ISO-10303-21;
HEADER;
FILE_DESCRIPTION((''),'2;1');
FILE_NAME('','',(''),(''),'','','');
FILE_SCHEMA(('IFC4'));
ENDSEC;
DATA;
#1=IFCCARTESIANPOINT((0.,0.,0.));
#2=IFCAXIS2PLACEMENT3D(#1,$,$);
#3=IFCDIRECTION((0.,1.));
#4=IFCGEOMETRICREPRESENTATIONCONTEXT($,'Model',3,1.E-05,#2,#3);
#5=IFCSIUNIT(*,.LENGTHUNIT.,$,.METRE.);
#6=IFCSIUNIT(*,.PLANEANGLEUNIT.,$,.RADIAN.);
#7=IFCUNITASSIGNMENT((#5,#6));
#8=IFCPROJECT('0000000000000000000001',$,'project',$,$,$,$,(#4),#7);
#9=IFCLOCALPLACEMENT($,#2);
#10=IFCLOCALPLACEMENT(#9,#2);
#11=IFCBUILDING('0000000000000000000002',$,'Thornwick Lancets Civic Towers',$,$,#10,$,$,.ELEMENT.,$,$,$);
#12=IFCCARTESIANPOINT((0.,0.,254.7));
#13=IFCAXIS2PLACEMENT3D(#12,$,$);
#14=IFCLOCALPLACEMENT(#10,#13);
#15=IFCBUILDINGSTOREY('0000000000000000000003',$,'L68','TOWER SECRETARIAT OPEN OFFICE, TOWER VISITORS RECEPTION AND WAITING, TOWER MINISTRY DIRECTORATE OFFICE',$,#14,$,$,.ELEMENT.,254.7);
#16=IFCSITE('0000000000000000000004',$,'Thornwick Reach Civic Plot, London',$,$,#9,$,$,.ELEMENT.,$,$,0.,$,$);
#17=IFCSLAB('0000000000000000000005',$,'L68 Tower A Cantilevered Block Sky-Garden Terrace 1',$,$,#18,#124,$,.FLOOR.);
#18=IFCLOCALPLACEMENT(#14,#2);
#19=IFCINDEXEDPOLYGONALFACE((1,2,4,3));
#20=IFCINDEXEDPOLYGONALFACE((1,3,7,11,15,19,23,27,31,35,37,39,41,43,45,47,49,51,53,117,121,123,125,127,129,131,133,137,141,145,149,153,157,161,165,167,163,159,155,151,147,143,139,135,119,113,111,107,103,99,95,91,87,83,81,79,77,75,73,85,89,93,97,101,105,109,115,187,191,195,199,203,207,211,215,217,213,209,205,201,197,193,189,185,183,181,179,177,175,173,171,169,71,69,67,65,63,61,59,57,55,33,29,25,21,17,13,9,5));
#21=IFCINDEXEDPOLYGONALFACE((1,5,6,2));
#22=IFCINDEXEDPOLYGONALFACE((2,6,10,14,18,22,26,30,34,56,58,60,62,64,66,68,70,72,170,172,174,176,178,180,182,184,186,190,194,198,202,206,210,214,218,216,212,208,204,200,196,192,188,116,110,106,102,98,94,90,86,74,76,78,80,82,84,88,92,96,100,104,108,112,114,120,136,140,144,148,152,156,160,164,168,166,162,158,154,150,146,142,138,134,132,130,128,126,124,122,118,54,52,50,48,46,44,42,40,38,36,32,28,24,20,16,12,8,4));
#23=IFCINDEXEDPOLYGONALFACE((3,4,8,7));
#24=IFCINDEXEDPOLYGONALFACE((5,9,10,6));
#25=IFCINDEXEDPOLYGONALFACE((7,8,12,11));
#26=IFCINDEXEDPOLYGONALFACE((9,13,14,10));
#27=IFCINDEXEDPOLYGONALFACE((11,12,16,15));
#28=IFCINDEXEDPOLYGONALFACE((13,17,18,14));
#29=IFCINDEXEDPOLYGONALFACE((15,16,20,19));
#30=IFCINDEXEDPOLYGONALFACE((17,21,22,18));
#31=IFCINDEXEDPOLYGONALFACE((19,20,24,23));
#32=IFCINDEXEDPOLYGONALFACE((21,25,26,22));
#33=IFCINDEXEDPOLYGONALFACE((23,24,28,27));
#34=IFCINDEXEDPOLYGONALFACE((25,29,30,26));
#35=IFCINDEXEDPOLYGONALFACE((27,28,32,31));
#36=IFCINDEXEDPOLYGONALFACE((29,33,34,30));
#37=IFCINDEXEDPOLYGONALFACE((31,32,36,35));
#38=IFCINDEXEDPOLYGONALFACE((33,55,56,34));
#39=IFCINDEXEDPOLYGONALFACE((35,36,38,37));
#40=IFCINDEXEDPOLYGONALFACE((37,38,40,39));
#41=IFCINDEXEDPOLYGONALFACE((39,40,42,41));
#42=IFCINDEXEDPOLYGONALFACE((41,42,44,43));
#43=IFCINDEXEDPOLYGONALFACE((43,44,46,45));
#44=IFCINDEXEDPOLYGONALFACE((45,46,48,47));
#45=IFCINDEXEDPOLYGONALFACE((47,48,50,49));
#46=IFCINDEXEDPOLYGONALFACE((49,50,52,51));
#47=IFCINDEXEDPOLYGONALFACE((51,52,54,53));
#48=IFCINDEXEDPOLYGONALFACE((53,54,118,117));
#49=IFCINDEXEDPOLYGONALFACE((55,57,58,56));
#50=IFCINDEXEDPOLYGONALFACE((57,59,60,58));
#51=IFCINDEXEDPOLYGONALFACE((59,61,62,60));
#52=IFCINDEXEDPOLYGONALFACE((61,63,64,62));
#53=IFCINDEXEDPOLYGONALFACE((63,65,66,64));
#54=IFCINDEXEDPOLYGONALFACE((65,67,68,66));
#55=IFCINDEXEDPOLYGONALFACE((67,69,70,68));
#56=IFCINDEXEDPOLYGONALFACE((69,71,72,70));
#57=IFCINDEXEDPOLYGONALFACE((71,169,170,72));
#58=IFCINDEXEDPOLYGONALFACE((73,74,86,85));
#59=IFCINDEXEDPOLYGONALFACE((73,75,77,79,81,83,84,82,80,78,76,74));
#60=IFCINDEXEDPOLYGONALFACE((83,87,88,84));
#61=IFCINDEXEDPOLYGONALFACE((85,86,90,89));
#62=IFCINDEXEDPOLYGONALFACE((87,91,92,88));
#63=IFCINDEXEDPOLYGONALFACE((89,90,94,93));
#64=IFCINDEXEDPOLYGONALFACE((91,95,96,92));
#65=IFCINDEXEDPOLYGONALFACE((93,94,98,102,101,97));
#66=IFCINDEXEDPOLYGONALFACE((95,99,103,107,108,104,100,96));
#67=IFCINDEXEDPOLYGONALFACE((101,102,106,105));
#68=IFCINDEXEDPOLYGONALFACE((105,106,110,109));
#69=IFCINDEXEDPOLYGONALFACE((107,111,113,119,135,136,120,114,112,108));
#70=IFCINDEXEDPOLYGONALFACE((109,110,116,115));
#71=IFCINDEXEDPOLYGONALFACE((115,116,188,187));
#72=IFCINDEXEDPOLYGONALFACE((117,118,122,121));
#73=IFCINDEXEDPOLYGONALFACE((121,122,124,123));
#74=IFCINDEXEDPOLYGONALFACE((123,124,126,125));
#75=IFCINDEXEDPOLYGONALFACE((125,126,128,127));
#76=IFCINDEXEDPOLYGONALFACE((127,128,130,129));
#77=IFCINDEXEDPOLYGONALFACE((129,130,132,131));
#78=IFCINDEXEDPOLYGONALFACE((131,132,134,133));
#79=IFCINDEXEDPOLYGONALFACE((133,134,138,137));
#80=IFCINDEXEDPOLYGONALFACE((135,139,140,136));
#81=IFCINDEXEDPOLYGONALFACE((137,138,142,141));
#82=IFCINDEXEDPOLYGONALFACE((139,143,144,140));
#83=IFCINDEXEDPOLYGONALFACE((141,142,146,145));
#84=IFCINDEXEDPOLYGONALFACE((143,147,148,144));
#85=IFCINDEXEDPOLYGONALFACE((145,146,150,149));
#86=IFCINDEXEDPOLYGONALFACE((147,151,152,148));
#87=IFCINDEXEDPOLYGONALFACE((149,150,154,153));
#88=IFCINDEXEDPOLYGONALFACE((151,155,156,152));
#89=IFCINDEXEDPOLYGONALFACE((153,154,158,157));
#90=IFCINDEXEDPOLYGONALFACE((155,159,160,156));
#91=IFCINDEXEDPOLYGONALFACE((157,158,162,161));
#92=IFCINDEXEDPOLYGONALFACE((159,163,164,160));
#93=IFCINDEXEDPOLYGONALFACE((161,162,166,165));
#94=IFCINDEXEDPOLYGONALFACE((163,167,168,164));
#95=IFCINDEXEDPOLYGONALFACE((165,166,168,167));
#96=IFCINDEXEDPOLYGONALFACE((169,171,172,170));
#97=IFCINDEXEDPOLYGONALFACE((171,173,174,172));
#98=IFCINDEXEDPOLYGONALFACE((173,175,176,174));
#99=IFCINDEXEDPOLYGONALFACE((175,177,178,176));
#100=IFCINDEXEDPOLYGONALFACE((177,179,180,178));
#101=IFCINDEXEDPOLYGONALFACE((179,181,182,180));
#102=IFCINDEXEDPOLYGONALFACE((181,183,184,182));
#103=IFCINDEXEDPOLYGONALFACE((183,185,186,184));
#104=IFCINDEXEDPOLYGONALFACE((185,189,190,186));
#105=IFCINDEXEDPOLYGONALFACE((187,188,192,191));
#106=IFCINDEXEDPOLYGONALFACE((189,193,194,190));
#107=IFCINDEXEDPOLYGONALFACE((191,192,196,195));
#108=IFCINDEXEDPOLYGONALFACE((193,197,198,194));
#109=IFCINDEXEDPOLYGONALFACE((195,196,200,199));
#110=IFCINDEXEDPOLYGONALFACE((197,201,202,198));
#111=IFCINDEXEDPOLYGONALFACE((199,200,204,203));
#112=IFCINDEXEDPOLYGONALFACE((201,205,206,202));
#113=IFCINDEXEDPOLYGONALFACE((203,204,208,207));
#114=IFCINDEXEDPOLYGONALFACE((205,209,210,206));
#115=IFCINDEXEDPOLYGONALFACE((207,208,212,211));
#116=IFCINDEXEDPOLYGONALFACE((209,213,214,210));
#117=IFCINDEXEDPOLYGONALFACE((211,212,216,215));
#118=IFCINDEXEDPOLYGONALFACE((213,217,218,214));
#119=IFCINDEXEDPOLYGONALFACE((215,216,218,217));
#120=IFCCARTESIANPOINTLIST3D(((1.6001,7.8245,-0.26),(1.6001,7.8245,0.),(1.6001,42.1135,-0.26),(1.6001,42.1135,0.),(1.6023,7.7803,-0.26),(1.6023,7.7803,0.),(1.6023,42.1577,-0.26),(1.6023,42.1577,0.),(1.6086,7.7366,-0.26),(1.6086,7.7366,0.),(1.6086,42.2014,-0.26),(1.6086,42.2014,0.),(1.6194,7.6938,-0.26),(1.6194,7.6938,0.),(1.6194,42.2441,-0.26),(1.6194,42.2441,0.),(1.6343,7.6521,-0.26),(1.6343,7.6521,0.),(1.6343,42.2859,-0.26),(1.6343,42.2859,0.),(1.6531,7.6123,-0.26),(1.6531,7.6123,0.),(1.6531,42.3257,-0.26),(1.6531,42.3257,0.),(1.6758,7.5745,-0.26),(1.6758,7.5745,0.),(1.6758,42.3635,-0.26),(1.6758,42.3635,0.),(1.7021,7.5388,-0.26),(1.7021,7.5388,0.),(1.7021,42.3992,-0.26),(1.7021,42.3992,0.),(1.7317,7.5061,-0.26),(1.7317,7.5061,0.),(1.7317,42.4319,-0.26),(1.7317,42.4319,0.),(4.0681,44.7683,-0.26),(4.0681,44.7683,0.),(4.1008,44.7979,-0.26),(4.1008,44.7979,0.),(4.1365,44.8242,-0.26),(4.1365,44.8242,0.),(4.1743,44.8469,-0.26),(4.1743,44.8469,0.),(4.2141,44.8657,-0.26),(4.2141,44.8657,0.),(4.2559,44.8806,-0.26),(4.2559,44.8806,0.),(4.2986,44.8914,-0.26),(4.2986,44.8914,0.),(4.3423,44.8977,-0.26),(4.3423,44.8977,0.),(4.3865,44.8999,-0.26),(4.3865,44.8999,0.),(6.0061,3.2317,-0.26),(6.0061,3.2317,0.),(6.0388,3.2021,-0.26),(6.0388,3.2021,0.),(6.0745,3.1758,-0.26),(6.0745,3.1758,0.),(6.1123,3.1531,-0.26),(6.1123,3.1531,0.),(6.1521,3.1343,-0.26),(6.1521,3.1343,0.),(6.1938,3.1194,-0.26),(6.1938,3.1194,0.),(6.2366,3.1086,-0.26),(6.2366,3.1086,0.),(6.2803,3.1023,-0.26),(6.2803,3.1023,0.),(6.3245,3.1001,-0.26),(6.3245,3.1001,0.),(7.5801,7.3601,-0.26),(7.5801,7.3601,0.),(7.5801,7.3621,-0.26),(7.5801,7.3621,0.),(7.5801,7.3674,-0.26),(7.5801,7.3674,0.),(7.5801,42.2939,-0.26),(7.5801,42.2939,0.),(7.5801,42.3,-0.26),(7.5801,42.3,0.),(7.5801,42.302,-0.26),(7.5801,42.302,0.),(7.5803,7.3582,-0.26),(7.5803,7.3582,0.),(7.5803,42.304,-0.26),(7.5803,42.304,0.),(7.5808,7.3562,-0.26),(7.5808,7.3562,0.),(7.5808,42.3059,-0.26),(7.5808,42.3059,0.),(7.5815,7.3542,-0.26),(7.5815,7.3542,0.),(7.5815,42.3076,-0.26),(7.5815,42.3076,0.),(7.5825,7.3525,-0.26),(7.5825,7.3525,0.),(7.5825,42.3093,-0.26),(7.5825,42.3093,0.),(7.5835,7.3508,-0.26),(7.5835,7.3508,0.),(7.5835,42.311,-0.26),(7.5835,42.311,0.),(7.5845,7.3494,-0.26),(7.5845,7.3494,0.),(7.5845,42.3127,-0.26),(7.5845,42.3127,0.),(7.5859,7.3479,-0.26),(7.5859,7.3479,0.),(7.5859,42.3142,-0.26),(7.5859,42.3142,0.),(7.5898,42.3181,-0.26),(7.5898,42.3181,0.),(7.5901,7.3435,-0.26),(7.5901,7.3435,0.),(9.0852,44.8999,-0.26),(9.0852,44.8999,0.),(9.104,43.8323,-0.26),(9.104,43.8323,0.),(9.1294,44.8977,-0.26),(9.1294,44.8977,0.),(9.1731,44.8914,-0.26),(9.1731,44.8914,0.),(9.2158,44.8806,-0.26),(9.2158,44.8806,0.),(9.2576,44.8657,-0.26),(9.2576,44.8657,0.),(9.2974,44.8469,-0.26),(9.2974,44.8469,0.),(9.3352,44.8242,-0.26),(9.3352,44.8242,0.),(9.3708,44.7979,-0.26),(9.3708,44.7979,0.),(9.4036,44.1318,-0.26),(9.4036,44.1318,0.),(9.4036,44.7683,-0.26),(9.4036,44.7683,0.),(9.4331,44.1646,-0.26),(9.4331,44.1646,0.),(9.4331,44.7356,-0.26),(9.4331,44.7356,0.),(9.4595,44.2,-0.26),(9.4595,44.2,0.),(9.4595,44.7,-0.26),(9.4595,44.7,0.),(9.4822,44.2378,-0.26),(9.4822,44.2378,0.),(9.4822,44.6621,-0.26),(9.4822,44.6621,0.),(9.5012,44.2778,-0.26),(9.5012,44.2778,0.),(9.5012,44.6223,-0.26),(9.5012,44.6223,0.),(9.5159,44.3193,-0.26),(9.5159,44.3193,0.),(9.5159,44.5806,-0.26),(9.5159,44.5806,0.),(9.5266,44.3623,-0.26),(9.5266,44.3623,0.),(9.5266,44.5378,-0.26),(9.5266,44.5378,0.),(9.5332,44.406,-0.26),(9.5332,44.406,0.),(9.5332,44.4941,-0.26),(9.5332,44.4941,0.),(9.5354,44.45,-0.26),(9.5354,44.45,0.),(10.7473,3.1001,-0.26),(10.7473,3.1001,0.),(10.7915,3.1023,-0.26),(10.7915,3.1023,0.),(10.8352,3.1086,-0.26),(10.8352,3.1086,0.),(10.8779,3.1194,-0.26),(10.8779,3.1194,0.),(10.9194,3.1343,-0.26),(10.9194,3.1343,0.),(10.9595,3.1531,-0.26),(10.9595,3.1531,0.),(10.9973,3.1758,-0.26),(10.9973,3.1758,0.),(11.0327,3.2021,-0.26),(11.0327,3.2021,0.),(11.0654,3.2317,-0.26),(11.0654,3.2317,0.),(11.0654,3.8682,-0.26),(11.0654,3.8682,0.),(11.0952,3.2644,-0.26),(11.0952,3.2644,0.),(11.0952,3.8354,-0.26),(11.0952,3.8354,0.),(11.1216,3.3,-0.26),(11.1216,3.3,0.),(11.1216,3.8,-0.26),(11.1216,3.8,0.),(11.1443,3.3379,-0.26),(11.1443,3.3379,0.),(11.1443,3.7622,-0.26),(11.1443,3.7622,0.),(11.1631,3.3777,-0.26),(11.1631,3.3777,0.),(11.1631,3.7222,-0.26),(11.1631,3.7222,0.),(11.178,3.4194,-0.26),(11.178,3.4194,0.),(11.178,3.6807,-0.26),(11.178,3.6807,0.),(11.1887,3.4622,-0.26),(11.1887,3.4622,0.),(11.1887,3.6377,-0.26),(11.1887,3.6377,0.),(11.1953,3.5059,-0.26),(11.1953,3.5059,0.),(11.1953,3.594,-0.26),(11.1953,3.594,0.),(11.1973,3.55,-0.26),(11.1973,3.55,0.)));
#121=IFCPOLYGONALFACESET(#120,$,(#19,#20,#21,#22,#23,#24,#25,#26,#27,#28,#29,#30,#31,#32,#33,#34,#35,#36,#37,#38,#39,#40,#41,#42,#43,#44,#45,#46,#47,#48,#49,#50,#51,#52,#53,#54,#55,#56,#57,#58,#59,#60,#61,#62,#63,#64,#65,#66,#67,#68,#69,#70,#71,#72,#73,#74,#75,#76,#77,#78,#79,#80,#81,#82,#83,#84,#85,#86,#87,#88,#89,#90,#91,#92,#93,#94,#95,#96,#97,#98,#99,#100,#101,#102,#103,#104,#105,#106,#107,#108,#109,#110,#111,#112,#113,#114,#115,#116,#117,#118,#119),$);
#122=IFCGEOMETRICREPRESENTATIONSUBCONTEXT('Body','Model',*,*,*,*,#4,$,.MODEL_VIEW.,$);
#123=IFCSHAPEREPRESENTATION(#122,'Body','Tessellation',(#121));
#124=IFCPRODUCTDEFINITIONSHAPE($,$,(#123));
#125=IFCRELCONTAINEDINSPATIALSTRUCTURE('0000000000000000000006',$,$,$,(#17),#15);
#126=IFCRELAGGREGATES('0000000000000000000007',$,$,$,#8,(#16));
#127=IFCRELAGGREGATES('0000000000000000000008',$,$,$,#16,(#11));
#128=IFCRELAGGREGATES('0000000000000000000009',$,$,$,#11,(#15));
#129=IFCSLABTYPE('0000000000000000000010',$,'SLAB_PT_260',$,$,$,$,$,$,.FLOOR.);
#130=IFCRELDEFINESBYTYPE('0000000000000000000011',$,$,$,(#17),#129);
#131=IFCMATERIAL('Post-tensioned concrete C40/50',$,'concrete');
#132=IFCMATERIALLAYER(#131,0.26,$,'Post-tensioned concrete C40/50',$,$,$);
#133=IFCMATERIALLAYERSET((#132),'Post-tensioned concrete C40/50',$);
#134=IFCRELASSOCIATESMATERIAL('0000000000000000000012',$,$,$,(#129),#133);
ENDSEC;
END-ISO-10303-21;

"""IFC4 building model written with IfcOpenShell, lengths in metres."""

from ifc_helpers import new_model, si_unit, direction, frame, origin, place, context, subcontext, project, spatial, polyline, outline, extrude, material, layer, layer_set, type_object, element, save


model = new_model("IFC4")

# Units and contexts
model_context = context("Model", 3, precision=1e-05, world=origin(), true_north=direction((0.0, 1.0)))
body_context = subcontext(model_context, "Body", "Model", "MODEL_VIEW")
ifc_project = project(units=[si_unit("LENGTHUNIT", "METRE"), si_unit("PLANEANGLEUNIT", "RADIAN")], contexts=[model_context])

# Site, building, storey
site_placement = place(None, origin())
site = spatial("IfcSite", under=ifc_project, at=site_placement, Name="Thornwick Reach Civic Plot, London", CompositionType="ELEMENT", RefElevation=0.0)
building_placement = place(site_placement, origin())
building = spatial("IfcBuilding", under=site, at=building_placement, Name="Thornwick Lancets Civic Towers", CompositionType="ELEMENT")
storey_placement = place(building_placement, frame((0.0, 0.0, 254.7)))
storey = spatial("IfcBuildingStorey", under=building, at=storey_placement, Name="L68", Description="TOWER SECRETARIAT OPEN OFFICE, TOWER VISITORS RECEPTION AND WAITING, TOWER MINISTRY DIRECTORATE OFFICE", CompositionType="ELEMENT", Elevation=254.7)

# Slab
ifc_material_1 = material(Name="Post-tensioned concrete C40/50", Category="concrete")
ifc_layer_1 = layer(ifc_material_1, 0.26, Name="Post-tensioned concrete C40/50")
ifc_layer_set_1 = layer_set([ifc_layer_1], Name="Post-tensioned concrete C40/50")
slab_type_1 = type_object("IfcSlabType", Name="SLAB_PT_260", PredefinedType="FLOOR", material=ifc_layer_set_1)
slab_1_placement = place(storey_placement, frame((0.0, 0.0, -0.26)))
element("IfcSlab", 1, at=slab_1_placement, inside=storey, type_object=slab_type_1, Name="L68 Tower A Cantilevered Block Sky-Garden Terrace 1", PredefinedType="FLOOR", context=body_context, shape_type="SweptSolid", body=[
    extrude(outline(polyline([(6.2803, 3.1023), (6.2366, 3.1086), (6.1938, 3.1194), (6.1521, 3.1343), (6.1123, 3.1531), (6.0745, 3.1758), (6.0388, 3.2021), (6.0061, 3.2317), (1.7317, 7.5061), (1.7021, 7.5388), (1.6758, 7.5745), (1.6531, 7.6123), (1.6343, 7.6521), (1.6194, 7.6938), (1.6086, 7.7366), (1.6023, 7.7803), (1.6001, 7.8245), (1.6001, 42.1135), (1.6023, 42.1577), (1.6086, 42.2014), (1.6194, 42.2441), (1.6343, 42.2859), (1.6531, 42.3257), (1.6758, 42.3635), (1.7021, 42.3992), (1.7317, 42.4319), (4.0681, 44.7683), (4.1008, 44.7979), (4.1365, 44.8242), (4.1743, 44.8469), (4.2141, 44.8657), (4.2559, 44.8806), (4.2986, 44.8914), (4.3423, 44.8977), (4.3865, 44.8999), (9.0852, 44.8999), (9.1294, 44.8977), (9.1731, 44.8914), (9.2158, 44.8806), (9.2576, 44.8657), (9.2974, 44.8469), (9.3352, 44.8242), (9.3708, 44.7979), (9.4036, 44.7683), (9.4331, 44.7356), (9.4595, 44.7), (9.4822, 44.6621), (9.5012, 44.6223), (9.5159, 44.5806), (9.5266, 44.5378), (9.5332, 44.4941), (9.5354, 44.45), (9.5332, 44.406), (9.5266, 44.3623), (9.5159, 44.3193), (9.5012, 44.2778), (9.4822, 44.2378), (9.4595, 44.2), (9.4331, 44.1646), (9.4036, 44.1318), (9.104, 43.8323), (7.5898, 42.3181), (7.5859, 42.3142), (7.5845, 42.3127), (7.5835, 42.311), (7.5825, 42.3093), (7.5815, 42.3076), (7.5808, 42.3059), (7.5803, 42.304), (7.5801, 42.302), (7.5801, 42.3), (7.5801, 42.2939), (7.5801, 7.3674), (7.5801, 7.3621), (7.5801, 7.3601), (7.5803, 7.3582), (7.5808, 7.3562), (7.5815, 7.3542), (7.5825, 7.3525), (7.5835, 7.3508), (7.5845, 7.3494), (7.5859, 7.3479), (7.5901, 7.3435), (11.0654, 3.8682), (11.0952, 3.8354), (11.1216, 3.8), (11.1443, 3.7622), (11.1631, 3.7222), (11.178, 3.6807), (11.1887, 3.6377), (11.1953, 3.594), (11.1973, 3.55), (11.1953, 3.5059), (11.1887, 3.4622), (11.178, 3.4194), (11.1631, 3.3777), (11.1443, 3.3379), (11.1216, 3.3), (11.0952, 3.2644), (11.0654, 3.2317), (11.0327, 3.2021), (10.9973, 3.1758), (10.9595, 3.1531), (10.9194, 3.1343), (10.8779, 3.1194), (10.8352, 3.1086), (10.7915, 3.1023), (10.7473, 3.1001), (6.3245, 3.1001), (6.2803, 3.1023)])), origin(), (0.0, 0.0, 1.0), 0.26),
])

save(model, "model.ifc")
